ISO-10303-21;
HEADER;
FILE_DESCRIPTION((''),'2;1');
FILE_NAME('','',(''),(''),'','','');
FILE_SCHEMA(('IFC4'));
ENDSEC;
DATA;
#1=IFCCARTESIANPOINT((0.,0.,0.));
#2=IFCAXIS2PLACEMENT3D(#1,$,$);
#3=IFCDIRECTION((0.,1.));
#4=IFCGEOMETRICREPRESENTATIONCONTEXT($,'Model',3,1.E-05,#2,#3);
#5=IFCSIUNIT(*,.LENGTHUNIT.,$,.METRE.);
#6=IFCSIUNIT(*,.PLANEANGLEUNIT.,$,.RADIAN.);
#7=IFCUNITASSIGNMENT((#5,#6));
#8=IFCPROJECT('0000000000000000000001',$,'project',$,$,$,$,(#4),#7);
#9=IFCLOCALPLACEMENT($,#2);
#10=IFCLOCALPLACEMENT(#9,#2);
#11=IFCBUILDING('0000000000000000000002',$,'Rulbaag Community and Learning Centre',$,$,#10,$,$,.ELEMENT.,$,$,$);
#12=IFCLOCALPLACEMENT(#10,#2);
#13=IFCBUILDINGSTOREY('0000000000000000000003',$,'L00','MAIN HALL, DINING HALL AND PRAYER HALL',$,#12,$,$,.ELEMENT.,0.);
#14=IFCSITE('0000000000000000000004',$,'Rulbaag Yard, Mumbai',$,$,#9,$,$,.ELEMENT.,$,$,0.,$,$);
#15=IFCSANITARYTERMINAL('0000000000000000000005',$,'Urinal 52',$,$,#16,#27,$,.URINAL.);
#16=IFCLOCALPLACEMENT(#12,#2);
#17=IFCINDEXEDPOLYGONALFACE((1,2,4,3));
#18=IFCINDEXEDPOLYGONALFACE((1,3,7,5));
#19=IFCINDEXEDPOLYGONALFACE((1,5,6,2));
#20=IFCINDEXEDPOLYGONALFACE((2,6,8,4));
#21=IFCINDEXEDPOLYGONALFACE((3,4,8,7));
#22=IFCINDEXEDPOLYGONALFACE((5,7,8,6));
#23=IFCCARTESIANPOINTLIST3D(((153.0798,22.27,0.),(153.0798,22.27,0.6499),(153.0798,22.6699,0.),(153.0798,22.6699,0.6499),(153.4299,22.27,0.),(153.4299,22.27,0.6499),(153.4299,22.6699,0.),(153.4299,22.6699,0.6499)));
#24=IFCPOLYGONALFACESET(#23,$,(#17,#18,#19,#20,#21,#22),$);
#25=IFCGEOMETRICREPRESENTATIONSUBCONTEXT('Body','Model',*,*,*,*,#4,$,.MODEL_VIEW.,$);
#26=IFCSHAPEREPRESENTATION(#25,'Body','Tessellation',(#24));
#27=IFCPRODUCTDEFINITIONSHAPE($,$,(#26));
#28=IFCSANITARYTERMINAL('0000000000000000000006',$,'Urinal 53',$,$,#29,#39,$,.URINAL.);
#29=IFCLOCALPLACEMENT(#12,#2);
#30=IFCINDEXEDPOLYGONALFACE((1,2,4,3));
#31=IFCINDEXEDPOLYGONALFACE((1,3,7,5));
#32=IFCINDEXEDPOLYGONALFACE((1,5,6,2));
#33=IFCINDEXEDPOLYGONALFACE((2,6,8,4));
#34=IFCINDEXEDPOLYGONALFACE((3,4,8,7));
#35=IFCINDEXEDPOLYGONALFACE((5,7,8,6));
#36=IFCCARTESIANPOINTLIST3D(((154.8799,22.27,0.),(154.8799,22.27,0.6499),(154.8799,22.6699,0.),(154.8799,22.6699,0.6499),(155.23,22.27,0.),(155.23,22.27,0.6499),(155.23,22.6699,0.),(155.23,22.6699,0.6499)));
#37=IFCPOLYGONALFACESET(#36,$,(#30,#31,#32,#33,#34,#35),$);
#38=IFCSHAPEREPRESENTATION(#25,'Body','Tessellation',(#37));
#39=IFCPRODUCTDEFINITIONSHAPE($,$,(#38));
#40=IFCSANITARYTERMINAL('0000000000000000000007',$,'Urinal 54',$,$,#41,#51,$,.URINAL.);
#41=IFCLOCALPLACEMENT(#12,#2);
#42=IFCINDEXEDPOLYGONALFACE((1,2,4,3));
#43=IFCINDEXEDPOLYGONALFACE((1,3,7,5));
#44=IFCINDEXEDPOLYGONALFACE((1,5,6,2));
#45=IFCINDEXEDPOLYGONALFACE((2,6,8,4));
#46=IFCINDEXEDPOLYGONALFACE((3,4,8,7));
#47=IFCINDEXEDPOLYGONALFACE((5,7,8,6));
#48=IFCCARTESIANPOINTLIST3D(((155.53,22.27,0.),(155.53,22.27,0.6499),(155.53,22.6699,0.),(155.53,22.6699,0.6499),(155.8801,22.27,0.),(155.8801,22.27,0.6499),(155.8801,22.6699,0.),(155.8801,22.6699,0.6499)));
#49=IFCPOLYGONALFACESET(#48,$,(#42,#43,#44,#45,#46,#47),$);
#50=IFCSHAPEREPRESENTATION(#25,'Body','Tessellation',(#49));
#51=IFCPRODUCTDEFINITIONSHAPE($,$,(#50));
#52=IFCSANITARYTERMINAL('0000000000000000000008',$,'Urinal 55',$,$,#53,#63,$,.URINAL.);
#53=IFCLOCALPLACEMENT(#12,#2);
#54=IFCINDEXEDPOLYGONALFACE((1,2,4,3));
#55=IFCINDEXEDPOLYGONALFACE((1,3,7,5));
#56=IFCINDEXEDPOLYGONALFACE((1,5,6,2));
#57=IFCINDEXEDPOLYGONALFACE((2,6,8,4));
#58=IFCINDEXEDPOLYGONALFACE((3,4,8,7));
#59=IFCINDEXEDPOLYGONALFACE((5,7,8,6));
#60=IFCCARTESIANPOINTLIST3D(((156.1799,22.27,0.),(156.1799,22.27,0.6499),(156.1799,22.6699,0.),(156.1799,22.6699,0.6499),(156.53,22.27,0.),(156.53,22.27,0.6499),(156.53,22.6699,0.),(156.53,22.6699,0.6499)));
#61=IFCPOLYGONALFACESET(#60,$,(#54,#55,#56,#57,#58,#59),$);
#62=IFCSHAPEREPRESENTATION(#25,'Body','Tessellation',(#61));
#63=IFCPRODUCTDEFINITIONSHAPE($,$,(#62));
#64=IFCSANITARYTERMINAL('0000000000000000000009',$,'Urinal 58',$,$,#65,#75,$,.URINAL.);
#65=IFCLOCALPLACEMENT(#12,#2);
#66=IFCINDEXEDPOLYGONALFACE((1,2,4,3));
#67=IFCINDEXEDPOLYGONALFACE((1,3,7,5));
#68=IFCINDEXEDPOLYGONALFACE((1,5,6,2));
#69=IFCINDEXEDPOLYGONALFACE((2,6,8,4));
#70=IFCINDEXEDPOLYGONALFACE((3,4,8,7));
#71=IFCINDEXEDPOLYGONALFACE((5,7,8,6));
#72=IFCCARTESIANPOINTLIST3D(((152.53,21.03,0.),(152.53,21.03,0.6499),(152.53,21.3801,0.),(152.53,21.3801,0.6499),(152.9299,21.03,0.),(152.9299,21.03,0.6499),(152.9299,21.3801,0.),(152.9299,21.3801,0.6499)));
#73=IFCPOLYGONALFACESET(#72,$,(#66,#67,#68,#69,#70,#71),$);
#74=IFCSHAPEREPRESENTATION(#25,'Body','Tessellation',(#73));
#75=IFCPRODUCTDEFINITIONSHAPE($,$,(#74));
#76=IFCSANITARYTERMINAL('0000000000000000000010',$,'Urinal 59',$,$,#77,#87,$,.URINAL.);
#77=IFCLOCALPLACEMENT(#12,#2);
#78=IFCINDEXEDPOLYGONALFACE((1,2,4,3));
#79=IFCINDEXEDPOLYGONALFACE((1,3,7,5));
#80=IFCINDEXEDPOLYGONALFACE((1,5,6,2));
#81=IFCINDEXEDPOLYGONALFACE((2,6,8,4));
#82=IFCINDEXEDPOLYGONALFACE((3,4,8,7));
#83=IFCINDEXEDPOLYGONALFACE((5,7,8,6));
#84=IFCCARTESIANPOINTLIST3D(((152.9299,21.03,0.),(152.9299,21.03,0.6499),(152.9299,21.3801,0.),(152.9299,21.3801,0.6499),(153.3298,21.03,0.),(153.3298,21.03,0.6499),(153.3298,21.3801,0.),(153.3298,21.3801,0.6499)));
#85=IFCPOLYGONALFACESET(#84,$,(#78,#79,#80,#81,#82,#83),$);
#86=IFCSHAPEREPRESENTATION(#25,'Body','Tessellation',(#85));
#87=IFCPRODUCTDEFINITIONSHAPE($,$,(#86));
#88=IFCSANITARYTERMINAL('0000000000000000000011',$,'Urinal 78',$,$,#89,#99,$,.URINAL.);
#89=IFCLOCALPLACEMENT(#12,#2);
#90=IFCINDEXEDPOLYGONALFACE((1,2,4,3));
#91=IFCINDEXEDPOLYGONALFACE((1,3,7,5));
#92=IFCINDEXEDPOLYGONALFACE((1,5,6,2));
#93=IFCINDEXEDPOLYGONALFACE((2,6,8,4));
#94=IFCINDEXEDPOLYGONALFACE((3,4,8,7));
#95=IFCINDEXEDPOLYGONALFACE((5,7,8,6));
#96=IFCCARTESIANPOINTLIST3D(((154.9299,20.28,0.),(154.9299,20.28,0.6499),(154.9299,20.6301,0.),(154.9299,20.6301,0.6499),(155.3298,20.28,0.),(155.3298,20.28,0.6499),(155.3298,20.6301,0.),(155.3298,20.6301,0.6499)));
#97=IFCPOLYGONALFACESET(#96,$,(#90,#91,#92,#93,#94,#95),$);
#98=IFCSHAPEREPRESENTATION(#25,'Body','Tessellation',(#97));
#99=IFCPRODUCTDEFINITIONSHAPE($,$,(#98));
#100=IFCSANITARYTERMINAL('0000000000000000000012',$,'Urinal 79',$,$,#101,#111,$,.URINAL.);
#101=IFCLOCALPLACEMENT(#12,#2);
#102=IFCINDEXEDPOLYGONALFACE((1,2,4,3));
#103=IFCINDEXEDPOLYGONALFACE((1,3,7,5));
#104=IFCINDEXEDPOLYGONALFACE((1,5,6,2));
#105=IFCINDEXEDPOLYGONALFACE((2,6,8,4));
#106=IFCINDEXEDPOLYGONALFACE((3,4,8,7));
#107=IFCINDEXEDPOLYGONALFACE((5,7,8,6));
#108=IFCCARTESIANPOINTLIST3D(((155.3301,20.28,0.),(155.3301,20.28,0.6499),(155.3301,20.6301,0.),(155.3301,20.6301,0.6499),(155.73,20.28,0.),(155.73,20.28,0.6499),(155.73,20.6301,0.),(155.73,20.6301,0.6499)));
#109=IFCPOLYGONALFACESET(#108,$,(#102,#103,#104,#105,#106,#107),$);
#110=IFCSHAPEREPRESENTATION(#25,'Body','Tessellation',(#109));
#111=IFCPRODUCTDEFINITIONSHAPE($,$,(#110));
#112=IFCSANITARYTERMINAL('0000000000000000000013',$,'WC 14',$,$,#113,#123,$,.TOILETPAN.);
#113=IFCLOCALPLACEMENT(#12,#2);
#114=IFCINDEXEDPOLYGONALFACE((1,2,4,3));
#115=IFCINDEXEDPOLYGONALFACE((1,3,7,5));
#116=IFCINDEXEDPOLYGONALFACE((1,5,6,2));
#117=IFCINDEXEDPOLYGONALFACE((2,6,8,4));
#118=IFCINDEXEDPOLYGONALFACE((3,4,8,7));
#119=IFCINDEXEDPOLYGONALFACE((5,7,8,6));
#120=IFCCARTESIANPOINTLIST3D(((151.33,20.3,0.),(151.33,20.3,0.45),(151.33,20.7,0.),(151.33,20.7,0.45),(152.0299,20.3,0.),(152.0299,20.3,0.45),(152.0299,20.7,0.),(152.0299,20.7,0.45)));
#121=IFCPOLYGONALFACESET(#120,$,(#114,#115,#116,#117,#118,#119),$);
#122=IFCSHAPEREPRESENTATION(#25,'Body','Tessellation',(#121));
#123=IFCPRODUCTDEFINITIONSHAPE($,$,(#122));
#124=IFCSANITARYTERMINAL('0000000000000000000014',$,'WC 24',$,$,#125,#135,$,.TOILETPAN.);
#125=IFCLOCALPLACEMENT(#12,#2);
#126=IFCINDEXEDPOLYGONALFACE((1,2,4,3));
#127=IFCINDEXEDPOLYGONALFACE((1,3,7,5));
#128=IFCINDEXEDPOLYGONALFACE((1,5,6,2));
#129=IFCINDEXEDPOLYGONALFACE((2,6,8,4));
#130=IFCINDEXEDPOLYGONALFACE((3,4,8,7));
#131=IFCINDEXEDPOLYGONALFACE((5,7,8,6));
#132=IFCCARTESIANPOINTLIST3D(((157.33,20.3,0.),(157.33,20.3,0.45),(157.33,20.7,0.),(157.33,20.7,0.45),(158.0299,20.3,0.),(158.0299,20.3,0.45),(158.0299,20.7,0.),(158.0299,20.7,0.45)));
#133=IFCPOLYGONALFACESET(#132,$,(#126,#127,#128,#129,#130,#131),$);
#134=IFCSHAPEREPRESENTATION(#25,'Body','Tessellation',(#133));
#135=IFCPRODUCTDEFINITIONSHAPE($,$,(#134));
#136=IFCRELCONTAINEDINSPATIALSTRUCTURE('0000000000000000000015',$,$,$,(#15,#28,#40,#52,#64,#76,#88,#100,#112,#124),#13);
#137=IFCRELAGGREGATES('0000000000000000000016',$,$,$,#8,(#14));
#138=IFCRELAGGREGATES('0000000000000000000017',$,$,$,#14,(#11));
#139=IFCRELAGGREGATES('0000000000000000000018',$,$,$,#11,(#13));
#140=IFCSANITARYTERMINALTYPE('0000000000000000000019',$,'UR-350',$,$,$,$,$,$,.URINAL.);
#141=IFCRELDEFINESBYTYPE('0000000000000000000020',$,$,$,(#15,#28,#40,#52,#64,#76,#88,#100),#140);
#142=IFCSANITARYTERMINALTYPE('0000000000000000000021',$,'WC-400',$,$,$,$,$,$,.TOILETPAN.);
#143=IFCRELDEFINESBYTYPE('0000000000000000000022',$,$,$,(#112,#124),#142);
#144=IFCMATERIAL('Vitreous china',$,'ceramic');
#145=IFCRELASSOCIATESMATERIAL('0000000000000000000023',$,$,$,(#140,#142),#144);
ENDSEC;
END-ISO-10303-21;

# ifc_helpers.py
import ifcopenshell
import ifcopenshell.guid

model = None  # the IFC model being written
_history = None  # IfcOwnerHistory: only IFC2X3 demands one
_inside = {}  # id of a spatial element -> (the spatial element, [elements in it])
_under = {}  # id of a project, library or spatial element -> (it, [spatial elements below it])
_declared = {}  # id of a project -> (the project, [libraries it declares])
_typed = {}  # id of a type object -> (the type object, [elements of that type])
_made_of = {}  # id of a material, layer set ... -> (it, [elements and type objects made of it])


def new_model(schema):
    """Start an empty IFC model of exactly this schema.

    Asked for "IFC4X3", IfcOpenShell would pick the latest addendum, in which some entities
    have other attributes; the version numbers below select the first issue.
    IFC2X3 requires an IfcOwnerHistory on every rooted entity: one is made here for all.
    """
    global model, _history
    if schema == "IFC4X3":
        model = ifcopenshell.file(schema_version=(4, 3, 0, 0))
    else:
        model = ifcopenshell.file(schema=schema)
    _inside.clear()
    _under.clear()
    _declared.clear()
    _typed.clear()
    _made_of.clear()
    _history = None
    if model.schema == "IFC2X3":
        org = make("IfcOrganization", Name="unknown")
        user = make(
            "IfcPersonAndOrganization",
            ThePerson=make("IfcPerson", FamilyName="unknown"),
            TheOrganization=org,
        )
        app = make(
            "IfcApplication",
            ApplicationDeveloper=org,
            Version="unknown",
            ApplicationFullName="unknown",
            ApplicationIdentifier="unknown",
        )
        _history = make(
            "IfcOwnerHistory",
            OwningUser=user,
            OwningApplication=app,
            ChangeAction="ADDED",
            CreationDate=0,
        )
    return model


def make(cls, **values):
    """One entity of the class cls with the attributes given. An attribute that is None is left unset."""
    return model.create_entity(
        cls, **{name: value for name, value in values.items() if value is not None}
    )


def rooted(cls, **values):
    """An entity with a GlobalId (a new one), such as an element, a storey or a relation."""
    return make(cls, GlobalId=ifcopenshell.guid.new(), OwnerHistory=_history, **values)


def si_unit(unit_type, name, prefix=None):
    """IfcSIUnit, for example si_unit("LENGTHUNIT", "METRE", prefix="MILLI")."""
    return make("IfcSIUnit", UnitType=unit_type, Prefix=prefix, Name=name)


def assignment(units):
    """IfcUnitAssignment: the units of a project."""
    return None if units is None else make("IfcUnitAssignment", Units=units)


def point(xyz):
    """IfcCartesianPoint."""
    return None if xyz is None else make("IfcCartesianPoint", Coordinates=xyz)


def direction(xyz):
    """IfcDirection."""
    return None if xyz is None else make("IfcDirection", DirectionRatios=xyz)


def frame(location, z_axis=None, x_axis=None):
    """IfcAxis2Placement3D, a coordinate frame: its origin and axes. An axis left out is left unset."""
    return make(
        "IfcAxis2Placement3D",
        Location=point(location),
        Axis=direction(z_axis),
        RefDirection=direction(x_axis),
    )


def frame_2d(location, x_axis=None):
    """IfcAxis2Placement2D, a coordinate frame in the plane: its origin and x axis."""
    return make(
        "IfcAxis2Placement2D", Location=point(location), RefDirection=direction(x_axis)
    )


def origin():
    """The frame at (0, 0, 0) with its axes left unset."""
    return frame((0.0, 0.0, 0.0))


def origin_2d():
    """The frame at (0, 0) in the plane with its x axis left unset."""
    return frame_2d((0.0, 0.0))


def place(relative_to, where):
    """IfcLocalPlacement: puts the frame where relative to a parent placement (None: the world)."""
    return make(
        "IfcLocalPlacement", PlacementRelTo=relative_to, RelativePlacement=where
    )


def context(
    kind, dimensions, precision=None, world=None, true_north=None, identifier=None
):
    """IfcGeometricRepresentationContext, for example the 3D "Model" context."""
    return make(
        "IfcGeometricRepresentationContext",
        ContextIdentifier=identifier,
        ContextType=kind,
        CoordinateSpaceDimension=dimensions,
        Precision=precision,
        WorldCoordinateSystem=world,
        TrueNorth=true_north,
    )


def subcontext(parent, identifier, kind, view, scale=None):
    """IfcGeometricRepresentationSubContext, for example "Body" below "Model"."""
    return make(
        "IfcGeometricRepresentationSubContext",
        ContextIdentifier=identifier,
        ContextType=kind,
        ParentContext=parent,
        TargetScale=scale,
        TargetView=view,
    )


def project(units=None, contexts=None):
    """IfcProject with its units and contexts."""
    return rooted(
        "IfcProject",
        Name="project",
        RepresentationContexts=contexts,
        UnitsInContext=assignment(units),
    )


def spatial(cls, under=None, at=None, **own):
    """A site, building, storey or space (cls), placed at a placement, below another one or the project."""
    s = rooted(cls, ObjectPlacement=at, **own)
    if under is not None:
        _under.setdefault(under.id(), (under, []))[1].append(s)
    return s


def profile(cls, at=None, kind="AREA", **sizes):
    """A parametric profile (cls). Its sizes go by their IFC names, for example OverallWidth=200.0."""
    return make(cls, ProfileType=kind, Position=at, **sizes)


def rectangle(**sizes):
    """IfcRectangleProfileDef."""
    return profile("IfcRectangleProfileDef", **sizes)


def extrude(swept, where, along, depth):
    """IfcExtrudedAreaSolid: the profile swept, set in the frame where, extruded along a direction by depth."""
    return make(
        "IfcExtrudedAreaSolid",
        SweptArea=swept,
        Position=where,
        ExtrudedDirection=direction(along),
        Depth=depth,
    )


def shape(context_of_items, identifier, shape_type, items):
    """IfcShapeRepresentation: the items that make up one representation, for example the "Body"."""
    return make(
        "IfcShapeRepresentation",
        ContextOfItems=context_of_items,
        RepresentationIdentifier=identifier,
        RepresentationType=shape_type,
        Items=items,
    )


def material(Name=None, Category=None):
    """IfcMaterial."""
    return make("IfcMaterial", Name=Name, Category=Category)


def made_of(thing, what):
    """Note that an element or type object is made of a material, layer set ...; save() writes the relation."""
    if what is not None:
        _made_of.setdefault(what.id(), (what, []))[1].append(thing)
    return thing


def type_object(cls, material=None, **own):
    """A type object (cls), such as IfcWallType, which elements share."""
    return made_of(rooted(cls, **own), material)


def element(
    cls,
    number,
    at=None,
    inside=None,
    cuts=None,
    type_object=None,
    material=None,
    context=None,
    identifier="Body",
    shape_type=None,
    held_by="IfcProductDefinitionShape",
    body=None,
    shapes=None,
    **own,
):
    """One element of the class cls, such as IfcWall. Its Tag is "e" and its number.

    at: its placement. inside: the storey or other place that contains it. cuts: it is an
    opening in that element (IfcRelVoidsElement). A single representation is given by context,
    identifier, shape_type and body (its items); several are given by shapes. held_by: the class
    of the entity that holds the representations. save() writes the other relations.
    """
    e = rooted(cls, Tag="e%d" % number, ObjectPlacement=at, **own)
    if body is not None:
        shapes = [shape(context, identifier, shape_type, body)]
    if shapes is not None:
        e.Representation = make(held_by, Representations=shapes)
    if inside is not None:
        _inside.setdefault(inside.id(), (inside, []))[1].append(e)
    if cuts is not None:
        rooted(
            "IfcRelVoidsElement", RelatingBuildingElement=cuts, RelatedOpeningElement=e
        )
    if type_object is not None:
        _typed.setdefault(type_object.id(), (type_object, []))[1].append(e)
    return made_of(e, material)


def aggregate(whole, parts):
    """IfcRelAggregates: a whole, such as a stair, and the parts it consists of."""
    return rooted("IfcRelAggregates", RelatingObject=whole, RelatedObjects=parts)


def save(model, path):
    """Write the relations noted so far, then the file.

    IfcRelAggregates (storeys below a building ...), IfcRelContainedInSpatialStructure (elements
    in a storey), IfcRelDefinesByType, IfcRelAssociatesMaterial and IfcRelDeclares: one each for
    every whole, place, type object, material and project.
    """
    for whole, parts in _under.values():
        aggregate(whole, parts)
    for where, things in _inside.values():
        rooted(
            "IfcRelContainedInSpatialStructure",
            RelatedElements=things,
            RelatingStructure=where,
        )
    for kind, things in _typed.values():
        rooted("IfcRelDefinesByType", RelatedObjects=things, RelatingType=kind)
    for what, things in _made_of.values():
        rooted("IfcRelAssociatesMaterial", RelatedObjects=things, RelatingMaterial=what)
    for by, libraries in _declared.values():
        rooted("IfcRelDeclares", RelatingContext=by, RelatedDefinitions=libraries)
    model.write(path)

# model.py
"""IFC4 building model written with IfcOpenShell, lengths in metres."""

from ifc_helpers import new_model, si_unit, direction, frame, origin, origin_2d, place, context, subcontext, project, spatial, rectangle, extrude, material, type_object, element, save


model = new_model("IFC4")

# Units and contexts
model_context = context("Model", 3, precision=1e-05, world=origin(), true_north=direction((0.0, 1.0)))
body_context = subcontext(model_context, "Body", "Model", "MODEL_VIEW")
ifc_project = project(units=[si_unit("LENGTHUNIT", "METRE"), si_unit("PLANEANGLEUNIT", "RADIAN")], contexts=[model_context])

# Site, building, storey
site_placement = place(None, origin())
site = spatial("IfcSite", under=ifc_project, at=site_placement, Name="Rulbaag Yard, Mumbai", CompositionType="ELEMENT", RefElevation=0.0)
building_placement = place(site_placement, origin())
building = spatial("IfcBuilding", under=site, at=building_placement, Name="Rulbaag Community and Learning Centre", CompositionType="ELEMENT")
storey_placement = place(building_placement, origin())
storey = spatial("IfcBuildingStorey", under=building, at=storey_placement, Name="L00", Description="MAIN HALL, DINING HALL AND PRAYER HALL", CompositionType="ELEMENT", Elevation=0.0)

# Sanitary terminals
ifc_material_1 = material(Name="Vitreous china", Category="ceramic")
sanitary_terminal_type_1 = type_object("IfcSanitaryTerminalType", Name="UR-350", PredefinedType="URINAL", material=ifc_material_1)
for number, where, z_axis, x_axis, name in (
    (1, (153.2549, 22.47, 0.0), (0.0, 0.0, 1.0), (1.0, 0.0, 0.0), "Urinal 52"),
    (2, (155.0549, 22.47, 0.0), (0.0, 0.0, 1.0), (1.0, 0.0, 0.0), "Urinal 53"),
    (3, (155.7051, 22.47, 0.0), (0.0, 0.0, 1.0), (1.0, 0.0, 0.0), "Urinal 54"),
    (4, (156.355, 22.47, 0.0), (0.0, 0.0, 1.0), (1.0, 0.0, 0.0), "Urinal 55"),
):
    element("IfcSanitaryTerminal", number, at=place(storey_placement, frame(where, z_axis=z_axis, x_axis=x_axis)), inside=storey, type_object=sanitary_terminal_type_1, Name=name, PredefinedType="URINAL", context=body_context, shape_type="SweptSolid", body=[
        extrude(rectangle(XDim=0.3501, YDim=0.3999, at=origin_2d()), origin(), (0.0, 0.0, 1.0), 0.6499),
    ])
for number, where, z_axis, x_axis, name in (
    (5, (152.73, 21.2051, 0.0), (0.0, 0.0, 1.0), (1.0, 0.0, 0.0), "Urinal 58"),
    (6, (153.1299, 21.2051, 0.0), (0.0, 0.0, 1.0), (1.0, 0.0, 0.0), "Urinal 59"),
    (7, (155.1299, 20.4551, 0.0), (0.0, 0.0, 1.0), (1.0, 0.0, 0.0), "Urinal 78"),
    (8, (155.53, 20.4551, 0.0), (0.0, 0.0, 1.0), (1.0, 0.0, 0.0), "Urinal 79"),
):
    element("IfcSanitaryTerminal", number, at=place(storey_placement, frame(where, z_axis=z_axis, x_axis=x_axis)), inside=storey, type_object=sanitary_terminal_type_1, Name=name, PredefinedType="URINAL", context=body_context, shape_type="SweptSolid", body=[
        extrude(rectangle(XDim=0.3999, YDim=0.3501, at=origin_2d()), origin(), (0.0, 0.0, 1.0), 0.6499),
    ])
sanitary_terminal_type_2 = type_object("IfcSanitaryTerminalType", Name="WC-400", PredefinedType="TOILETPAN", material=ifc_material_1)
for number, where, z_axis, x_axis, name in (
    (9, (151.6799, 20.5, 0.0), (0.0, 0.0, 1.0), (1.0, 0.0, 0.0), "WC 14"),
    (10, (157.6799, 20.5, 0.0), (0.0, 0.0, 1.0), (1.0, 0.0, 0.0), "WC 24"),
):
    element("IfcSanitaryTerminal", number, at=place(storey_placement, frame(where, z_axis=z_axis, x_axis=x_axis)), inside=storey, type_object=sanitary_terminal_type_2, Name=name, PredefinedType="TOILETPAN", context=body_context, shape_type="SweptSolid", body=[
        extrude(rectangle(XDim=0.7, YDim=0.3999, at=origin_2d()), origin(), (0.0, 0.0, 1.0), 0.45),
    ])

save(model, "model.ifc")
